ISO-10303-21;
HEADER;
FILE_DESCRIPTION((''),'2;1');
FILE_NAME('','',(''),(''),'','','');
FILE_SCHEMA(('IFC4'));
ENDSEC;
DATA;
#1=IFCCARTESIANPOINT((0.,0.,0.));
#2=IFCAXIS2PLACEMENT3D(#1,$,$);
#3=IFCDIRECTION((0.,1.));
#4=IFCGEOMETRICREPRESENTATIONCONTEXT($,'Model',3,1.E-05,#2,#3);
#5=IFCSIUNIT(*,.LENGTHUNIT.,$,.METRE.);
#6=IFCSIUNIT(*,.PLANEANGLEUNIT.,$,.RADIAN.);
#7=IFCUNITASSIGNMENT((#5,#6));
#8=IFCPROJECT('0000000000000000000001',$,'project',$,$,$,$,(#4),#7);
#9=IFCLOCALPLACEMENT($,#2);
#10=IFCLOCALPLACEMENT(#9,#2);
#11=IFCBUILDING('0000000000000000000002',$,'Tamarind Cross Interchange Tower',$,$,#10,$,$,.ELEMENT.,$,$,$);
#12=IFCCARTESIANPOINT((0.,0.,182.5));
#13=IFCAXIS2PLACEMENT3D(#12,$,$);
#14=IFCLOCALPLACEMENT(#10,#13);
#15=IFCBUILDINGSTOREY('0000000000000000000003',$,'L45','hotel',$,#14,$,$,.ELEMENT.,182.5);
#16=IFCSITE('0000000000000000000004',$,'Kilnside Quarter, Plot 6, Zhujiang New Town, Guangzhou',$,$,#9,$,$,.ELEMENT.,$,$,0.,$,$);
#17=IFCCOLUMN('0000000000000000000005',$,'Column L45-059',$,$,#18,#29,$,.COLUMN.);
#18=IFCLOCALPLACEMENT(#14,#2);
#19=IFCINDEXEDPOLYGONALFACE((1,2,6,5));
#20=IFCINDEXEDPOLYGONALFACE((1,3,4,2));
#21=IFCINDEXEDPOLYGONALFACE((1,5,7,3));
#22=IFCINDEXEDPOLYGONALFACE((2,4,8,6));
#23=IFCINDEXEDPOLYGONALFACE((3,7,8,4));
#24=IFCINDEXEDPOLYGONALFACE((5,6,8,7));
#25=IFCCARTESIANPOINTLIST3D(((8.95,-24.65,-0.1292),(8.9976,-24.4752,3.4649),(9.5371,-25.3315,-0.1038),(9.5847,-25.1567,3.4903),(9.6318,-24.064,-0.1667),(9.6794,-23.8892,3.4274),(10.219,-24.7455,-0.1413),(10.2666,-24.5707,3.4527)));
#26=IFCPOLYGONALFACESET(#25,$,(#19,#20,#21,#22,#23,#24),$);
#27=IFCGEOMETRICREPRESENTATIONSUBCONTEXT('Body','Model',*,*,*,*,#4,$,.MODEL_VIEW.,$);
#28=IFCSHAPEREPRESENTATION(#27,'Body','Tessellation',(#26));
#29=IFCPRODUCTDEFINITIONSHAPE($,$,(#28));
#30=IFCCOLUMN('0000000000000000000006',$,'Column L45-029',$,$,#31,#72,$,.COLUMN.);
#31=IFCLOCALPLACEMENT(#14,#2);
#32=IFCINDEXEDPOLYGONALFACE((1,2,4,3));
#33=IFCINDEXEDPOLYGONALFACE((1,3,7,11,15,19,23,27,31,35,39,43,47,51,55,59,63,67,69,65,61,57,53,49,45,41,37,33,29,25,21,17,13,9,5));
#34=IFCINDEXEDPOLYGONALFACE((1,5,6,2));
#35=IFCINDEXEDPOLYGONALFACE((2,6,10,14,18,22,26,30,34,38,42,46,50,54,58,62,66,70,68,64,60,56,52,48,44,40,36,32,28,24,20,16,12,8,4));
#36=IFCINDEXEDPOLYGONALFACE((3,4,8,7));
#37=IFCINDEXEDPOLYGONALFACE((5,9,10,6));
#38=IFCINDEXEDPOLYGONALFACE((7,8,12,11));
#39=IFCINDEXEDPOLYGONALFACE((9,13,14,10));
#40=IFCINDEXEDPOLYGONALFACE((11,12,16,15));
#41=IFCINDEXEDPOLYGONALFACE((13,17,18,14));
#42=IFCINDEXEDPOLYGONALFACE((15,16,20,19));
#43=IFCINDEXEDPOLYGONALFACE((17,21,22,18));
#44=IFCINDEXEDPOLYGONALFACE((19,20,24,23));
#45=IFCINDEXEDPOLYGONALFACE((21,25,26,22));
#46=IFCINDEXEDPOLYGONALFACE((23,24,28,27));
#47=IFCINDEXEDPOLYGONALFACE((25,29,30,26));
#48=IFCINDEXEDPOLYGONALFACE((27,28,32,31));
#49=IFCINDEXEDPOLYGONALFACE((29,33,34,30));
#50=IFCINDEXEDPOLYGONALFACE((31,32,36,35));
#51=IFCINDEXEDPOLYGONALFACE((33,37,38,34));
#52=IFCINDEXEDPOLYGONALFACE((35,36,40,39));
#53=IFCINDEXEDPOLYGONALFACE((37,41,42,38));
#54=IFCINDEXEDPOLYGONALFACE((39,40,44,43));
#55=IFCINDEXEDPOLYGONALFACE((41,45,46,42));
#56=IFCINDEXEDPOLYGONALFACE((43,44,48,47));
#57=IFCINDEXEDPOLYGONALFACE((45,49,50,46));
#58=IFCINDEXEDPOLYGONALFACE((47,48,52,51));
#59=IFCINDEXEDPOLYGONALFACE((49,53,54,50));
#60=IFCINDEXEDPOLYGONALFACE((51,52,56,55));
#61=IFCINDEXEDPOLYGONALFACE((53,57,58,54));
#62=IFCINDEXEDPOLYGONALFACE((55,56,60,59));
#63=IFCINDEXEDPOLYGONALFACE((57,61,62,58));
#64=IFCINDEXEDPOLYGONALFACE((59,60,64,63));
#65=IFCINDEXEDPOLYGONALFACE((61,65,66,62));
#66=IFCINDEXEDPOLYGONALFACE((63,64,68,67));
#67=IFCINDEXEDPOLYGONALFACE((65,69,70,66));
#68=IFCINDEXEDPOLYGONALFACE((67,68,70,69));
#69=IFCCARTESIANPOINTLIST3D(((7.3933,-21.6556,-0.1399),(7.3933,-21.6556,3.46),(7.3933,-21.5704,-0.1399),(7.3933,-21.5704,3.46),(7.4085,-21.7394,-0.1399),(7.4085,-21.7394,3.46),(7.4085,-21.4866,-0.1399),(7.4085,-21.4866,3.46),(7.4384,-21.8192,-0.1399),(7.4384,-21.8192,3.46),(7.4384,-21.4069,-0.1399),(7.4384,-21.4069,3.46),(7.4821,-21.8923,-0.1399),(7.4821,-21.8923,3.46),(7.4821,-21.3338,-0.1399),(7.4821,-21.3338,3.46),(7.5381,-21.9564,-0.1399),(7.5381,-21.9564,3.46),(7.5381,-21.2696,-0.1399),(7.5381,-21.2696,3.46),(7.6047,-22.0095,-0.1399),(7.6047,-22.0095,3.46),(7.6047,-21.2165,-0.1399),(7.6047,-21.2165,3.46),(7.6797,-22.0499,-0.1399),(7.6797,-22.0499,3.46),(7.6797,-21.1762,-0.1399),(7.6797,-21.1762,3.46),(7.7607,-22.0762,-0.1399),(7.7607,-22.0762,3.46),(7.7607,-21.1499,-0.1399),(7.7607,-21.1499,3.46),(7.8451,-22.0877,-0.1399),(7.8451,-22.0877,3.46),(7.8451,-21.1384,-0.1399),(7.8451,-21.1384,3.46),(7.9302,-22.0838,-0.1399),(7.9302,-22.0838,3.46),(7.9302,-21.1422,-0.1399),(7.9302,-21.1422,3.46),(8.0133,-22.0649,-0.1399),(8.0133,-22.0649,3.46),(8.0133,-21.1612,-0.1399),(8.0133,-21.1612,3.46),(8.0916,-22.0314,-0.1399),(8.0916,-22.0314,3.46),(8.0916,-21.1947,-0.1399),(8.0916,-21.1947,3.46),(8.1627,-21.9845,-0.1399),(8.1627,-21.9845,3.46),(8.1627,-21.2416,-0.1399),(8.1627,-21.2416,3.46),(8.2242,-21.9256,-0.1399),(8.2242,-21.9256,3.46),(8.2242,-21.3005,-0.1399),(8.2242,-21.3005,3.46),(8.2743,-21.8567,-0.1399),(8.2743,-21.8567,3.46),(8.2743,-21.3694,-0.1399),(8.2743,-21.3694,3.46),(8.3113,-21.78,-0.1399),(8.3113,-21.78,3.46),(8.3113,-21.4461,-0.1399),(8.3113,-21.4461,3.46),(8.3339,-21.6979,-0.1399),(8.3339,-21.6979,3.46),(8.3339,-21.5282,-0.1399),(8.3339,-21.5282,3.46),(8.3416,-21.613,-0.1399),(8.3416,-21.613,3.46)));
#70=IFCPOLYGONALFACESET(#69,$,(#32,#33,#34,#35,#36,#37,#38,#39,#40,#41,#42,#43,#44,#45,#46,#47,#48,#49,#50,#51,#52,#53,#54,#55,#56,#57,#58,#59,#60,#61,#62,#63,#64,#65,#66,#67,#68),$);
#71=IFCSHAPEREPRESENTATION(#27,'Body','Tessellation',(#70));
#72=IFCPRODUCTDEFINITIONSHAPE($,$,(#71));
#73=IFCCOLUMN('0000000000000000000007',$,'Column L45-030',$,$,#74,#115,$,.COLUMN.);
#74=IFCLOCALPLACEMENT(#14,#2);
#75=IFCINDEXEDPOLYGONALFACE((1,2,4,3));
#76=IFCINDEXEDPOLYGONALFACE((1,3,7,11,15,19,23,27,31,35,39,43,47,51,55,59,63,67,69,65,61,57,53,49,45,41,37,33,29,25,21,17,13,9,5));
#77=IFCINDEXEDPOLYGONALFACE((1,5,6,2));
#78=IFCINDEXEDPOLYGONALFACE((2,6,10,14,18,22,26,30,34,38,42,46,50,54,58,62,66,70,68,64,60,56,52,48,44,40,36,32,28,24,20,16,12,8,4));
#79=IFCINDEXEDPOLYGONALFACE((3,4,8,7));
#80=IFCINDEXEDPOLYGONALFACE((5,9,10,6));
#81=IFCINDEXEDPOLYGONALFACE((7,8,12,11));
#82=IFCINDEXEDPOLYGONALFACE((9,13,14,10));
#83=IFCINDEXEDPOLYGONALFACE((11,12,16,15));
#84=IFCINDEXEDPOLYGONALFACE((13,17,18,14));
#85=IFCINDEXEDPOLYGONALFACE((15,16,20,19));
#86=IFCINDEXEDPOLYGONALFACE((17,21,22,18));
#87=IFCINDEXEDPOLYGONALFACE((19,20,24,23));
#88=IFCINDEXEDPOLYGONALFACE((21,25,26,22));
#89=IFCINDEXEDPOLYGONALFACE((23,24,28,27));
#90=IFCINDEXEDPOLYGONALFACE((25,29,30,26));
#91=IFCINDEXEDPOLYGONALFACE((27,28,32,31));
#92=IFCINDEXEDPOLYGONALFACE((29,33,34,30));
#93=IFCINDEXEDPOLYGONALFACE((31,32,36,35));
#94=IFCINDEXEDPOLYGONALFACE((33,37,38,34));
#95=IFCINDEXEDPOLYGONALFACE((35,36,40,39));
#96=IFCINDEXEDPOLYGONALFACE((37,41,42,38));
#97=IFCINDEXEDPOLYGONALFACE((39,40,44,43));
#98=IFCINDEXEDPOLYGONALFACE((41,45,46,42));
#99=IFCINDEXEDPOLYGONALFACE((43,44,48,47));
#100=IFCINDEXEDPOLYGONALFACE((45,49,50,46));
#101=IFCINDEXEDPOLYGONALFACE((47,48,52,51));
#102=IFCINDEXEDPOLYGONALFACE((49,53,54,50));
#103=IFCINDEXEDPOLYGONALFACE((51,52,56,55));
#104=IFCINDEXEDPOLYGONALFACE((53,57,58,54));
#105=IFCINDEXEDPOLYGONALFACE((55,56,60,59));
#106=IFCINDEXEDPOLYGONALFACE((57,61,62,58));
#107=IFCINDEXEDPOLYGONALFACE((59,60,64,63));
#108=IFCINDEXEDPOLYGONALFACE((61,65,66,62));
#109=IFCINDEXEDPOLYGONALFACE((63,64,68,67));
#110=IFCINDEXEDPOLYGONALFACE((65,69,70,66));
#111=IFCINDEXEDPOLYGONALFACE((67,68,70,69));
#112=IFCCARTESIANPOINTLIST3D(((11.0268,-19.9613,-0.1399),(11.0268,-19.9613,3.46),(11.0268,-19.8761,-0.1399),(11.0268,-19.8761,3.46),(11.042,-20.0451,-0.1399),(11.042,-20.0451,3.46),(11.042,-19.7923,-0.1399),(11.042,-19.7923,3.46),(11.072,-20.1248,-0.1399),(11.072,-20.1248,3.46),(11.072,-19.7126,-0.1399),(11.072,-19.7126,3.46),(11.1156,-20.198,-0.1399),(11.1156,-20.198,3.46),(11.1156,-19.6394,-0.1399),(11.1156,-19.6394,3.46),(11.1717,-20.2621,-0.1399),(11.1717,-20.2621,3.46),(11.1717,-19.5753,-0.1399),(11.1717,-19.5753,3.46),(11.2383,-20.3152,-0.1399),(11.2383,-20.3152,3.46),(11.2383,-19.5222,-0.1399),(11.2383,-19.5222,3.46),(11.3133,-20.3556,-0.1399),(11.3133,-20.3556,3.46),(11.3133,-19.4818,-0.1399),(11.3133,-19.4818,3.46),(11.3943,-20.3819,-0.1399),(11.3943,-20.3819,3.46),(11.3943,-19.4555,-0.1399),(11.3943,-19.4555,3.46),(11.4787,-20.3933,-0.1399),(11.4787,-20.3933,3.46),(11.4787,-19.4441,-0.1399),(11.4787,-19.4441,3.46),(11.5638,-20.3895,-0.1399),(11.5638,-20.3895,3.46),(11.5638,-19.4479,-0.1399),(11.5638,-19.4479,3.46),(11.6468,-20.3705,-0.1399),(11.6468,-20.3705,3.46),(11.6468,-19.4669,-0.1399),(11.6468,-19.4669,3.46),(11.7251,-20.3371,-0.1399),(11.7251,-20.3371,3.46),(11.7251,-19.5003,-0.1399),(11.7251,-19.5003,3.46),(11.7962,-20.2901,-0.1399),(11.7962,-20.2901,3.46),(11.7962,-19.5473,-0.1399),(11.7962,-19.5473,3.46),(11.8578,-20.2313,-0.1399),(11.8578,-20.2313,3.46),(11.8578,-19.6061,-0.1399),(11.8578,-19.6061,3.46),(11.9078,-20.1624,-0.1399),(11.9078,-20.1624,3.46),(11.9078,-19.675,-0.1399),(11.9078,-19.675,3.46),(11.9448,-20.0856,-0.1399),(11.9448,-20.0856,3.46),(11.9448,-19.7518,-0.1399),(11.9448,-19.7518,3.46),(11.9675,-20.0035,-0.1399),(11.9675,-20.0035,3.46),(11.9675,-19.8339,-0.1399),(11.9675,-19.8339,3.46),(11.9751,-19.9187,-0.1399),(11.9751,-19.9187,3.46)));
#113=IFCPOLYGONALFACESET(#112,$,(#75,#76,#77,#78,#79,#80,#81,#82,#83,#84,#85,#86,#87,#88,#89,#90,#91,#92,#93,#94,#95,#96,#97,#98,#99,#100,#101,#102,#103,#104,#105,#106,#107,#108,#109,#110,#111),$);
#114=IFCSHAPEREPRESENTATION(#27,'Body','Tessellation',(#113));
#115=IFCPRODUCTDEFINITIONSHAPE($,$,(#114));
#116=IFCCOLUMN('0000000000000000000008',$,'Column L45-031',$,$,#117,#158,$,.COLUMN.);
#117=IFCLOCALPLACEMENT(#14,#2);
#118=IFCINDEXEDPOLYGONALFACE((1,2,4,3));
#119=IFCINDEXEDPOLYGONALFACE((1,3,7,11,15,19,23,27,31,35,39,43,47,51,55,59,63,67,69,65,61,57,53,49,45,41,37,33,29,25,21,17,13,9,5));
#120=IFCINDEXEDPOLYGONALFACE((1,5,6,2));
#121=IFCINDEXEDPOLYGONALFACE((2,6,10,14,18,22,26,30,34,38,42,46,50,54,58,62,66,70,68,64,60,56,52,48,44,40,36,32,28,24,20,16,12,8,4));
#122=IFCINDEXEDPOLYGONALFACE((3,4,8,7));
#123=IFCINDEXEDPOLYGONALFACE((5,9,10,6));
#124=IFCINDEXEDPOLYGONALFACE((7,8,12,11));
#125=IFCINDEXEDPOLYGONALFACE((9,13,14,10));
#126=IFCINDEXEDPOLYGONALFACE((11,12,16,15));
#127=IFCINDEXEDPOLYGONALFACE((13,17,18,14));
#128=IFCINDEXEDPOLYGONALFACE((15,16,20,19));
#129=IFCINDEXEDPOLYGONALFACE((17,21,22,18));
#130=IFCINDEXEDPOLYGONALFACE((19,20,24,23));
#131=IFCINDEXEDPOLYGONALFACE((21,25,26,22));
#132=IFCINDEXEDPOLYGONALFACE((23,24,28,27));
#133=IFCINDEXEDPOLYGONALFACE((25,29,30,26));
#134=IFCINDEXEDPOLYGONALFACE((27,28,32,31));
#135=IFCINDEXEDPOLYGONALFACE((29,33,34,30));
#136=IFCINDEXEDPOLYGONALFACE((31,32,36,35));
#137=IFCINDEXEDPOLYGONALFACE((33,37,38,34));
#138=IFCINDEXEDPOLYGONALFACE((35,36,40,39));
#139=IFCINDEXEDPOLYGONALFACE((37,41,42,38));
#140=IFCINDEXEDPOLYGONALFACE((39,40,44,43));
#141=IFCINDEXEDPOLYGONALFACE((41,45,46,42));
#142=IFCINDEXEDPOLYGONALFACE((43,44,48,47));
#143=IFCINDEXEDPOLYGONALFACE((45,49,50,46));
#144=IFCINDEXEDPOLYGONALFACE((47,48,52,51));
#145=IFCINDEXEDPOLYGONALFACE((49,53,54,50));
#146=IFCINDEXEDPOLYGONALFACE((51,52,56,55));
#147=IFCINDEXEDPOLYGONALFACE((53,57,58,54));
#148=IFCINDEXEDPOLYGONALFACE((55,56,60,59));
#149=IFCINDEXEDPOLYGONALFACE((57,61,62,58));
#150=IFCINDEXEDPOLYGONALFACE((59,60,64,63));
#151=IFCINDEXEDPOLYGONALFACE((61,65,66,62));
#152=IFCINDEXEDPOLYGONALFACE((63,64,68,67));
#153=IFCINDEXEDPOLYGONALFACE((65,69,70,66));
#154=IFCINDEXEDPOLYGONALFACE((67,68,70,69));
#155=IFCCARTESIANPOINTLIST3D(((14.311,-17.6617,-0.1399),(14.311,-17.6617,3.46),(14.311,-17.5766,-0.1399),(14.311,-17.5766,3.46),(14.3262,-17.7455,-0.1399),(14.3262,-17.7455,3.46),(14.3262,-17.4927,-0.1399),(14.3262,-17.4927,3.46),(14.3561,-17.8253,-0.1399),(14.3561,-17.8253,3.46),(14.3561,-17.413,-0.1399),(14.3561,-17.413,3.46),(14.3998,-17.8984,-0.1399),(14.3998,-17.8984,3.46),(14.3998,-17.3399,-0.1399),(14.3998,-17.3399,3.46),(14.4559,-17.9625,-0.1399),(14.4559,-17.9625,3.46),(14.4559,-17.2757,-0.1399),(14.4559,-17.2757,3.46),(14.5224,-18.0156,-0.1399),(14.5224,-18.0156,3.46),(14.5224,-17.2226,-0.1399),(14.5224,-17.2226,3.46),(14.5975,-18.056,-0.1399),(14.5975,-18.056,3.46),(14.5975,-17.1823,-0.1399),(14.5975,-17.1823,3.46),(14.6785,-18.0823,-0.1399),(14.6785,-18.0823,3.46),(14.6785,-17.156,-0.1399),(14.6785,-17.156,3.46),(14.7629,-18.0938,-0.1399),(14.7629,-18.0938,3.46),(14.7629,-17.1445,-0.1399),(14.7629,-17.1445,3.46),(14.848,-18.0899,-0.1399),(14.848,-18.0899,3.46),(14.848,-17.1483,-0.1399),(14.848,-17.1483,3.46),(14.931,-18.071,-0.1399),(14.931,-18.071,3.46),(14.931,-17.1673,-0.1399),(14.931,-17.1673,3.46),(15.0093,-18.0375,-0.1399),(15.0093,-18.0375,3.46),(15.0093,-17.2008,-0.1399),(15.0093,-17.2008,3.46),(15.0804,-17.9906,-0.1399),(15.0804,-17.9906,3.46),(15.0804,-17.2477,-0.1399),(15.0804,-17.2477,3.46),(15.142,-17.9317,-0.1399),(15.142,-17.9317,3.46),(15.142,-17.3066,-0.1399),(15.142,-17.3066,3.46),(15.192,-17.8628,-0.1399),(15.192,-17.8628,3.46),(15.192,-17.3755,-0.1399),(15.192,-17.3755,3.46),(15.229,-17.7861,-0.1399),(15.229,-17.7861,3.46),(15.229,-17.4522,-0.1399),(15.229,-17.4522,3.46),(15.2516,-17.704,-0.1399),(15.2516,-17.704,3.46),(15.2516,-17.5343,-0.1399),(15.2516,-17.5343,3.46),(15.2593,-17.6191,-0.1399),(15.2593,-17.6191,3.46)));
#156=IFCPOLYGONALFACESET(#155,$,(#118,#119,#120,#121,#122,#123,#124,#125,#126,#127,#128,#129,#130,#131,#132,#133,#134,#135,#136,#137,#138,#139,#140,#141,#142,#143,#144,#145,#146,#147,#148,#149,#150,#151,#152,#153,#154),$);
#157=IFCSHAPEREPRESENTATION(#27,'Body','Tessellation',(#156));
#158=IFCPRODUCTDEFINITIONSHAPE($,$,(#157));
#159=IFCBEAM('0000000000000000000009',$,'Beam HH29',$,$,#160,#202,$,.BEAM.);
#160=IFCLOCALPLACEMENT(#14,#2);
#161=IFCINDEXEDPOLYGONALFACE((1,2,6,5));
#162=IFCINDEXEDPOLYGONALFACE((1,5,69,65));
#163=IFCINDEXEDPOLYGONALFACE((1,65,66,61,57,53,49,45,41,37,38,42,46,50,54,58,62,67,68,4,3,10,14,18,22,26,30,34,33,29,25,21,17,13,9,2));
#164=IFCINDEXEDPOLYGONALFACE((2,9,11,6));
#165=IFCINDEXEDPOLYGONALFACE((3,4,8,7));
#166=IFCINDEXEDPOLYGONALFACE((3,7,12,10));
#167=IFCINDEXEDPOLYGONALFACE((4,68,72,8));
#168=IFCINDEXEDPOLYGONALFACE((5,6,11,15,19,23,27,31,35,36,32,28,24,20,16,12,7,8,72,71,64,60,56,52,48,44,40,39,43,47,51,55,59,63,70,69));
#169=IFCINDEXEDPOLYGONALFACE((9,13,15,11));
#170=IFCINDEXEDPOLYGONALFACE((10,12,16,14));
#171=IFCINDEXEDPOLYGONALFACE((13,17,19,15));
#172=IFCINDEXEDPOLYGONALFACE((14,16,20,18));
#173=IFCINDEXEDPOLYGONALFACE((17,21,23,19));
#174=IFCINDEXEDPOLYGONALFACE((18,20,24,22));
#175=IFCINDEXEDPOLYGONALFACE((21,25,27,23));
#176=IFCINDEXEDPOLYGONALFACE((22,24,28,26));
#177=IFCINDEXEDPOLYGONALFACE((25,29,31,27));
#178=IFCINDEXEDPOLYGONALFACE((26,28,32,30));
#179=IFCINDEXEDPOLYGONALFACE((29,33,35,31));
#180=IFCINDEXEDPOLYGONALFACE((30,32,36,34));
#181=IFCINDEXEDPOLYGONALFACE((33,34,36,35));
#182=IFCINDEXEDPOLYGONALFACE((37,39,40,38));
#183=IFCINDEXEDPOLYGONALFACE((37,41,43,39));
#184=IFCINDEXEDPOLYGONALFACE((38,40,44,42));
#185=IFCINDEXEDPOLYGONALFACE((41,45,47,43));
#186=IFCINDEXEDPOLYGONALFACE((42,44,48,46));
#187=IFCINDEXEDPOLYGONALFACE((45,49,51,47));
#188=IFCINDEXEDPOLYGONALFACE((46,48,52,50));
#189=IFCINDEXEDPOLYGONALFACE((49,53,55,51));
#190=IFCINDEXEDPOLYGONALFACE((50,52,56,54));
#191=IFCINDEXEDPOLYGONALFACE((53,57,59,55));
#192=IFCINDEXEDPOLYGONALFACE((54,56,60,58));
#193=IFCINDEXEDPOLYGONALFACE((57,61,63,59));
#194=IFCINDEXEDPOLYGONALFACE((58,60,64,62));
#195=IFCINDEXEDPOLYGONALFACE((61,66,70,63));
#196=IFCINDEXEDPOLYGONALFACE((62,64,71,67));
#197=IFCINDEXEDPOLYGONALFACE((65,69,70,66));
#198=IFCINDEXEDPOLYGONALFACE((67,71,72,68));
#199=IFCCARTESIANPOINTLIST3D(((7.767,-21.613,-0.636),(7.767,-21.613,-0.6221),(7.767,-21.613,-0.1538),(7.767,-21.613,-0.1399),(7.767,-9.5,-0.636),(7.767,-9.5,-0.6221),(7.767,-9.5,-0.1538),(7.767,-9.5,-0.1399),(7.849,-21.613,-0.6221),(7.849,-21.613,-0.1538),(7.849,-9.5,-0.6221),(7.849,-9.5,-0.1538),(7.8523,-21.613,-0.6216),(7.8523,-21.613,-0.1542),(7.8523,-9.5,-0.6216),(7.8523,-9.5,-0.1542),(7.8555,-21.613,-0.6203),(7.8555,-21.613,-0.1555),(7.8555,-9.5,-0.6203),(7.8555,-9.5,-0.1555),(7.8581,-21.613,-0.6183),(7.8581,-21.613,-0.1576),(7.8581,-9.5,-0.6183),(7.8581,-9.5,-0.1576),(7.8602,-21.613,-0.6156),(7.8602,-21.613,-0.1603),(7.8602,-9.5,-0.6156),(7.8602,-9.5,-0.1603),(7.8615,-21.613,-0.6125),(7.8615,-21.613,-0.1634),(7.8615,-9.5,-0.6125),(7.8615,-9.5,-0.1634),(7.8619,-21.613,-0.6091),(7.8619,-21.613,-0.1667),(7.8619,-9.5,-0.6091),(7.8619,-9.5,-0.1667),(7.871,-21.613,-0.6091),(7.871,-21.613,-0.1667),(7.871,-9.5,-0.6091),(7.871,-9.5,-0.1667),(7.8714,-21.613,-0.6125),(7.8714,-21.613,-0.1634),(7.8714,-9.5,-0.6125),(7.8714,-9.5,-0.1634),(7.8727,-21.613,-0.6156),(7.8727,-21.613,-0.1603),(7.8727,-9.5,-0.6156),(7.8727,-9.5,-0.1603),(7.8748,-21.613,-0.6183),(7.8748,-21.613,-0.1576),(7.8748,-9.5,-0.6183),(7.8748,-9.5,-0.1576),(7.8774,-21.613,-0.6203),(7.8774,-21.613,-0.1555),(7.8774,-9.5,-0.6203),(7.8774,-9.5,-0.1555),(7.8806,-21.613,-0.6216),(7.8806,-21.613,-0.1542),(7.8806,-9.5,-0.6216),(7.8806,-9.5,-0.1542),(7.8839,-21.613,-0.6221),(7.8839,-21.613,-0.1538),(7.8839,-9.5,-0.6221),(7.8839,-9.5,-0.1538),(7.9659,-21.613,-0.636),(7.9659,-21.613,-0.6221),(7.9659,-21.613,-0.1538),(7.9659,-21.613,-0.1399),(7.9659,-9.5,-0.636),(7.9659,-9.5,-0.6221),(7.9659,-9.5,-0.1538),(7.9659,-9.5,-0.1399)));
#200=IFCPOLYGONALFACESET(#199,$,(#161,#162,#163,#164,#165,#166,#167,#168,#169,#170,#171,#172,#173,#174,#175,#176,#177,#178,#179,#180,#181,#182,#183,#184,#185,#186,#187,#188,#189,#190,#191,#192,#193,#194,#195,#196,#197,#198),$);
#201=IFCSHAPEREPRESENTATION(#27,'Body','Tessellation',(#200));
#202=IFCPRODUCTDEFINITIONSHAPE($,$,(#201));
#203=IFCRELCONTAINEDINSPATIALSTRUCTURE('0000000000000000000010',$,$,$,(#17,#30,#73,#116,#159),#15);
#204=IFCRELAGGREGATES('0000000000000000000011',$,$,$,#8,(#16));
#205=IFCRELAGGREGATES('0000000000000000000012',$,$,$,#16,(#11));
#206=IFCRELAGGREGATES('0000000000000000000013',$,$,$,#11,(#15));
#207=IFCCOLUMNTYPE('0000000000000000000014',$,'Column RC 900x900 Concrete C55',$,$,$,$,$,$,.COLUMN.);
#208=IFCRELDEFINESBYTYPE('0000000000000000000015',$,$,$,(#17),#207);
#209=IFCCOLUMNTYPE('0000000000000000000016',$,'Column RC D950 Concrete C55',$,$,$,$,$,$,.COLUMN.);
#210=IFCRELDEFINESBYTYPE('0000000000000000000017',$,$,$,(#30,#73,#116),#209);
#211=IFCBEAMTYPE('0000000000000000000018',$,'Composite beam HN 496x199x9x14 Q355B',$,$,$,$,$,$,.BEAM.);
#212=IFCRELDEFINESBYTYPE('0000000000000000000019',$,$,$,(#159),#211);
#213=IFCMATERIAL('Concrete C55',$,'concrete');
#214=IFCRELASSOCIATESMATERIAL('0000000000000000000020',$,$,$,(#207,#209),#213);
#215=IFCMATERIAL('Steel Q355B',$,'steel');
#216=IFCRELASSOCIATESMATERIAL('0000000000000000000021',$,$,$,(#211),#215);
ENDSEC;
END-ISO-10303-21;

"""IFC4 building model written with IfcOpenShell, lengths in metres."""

from ifc_helpers import new_model, si_unit, direction, frame, origin, origin_2d, place, context, subcontext, project, spatial, rectangle, circle, i_section, extrude, material, material_profile, profile_set, type_object, element, save


model = new_model("IFC4")

# Units and contexts
model_context = context("Model", 3, precision=1e-05, world=origin(), true_north=direction((0.0, 1.0)))
body_context = subcontext(model_context, "Body", "Model", "MODEL_VIEW")
ifc_project = project(units=[si_unit("LENGTHUNIT", "METRE"), si_unit("PLANEANGLEUNIT", "RADIAN")], contexts=[model_context])

# Site, building, storey
site_placement = place(None, origin())
site = spatial("IfcSite", under=ifc_project, at=site_placement, Name="Kilnside Quarter, Plot 6, Zhujiang New Town, Guangzhou", CompositionType="ELEMENT", RefElevation=0.0)
building_placement = place(site_placement, origin())
building = spatial("IfcBuilding", under=site, at=building_placement, Name="Tamarind Cross Interchange Tower", CompositionType="ELEMENT")
storey_placement = place(building_placement, frame((0.0, 0.0, 182.5)))
storey = spatial("IfcBuildingStorey", under=building, at=storey_placement, Name="L45", Description="hotel", CompositionType="ELEMENT", Elevation=182.5)

# Columns
ifc_material_1 = material(Name="Concrete C55", Category="concrete")
ifc_material_profile_1 = material_profile(ifc_material_1, rectangle(XDim=0.8999, YDim=0.8999, at=origin_2d()), Name="RC 900x900")
ifc_profile_set_1 = profile_set([ifc_material_profile_1], Name="Concrete C55")
column_type_1 = type_object("IfcColumnType", Name="Column RC 900x900 Concrete C55", PredefinedType="COLUMN", material=ifc_profile_set_1)
column_placement = place(storey_placement, frame((9.5845, -24.6978, -0.1353), z_axis=(0.01323, 0.048576, 0.998732), x_axis=(-0.757718, -0.651248, 0.041712)))
element("IfcColumn", 1, at=column_placement, inside=storey, type_object=column_type_1, Name="Column L45-059", PredefinedType="COLUMN", context=body_context, shape_type="SweptSolid", body=[
    extrude(rectangle(XDim=0.8999, YDim=0.8999, at=origin_2d()), origin(), (0.0, 0.0, 1.0), 3.5986),
])
ifc_material_profile_2 = material_profile(ifc_material_1, circle(Radius=0.4751, at=origin_2d()), Name="RC D950")
ifc_profile_set_2 = profile_set([ifc_material_profile_2], Name="Concrete C55")
column_type_2 = type_object("IfcColumnType", Name="Column RC D950 Concrete C55", PredefinedType="COLUMN", material=ifc_profile_set_2)
for number, where, z_axis, x_axis, name in (
    (2, (7.8665, -21.613, -0.1399), (0.0, 0.0, 1.0), (1.0, 0.0, 0.0), "Column L45-029"),
    (3, (11.5, -19.9187, -0.1399), (0.0, 0.0, 1.0), (1.0, 0.0, 0.0), "Column L45-030"),
    (4, (14.7842, -17.6191, -0.1399), (0.0, 0.0, 1.0), (1.0, 0.0, 0.0), "Column L45-031"),
):
    element("IfcColumn", number, at=place(storey_placement, frame(where, z_axis=z_axis, x_axis=x_axis)), inside=storey, type_object=column_type_2, Name=name, PredefinedType="COLUMN", context=body_context, shape_type="SweptSolid", body=[
        extrude(circle(Radius=0.4751, at=origin_2d()), origin(), (0.0, 0.0, 1.0), 3.5999),
    ])

# Beam
ifc_material_2 = material(Name="Steel Q355B", Category="steel")
ifc_material_profile_3 = material_profile(ifc_material_2, i_section(OverallWidth=0.199, OverallDepth=0.4961, WebThickness=0.009, FlangeThickness=0.0139, FilletRadius=0.0129, at=origin_2d()), Name="HN 496x199x9x14")
ifc_profile_set_3 = profile_set([ifc_material_profile_3], Name="Steel Q355B")
beam_type = type_object("IfcBeamType", Name="Composite beam HN 496x199x9x14 Q355B", PredefinedType="BEAM", material=ifc_profile_set_3)
beam_1_placement = place(storey_placement, frame((7.8665, -21.613, -0.3879), z_axis=(0.0, 1.0, 0.0), x_axis=(-1.0, 0.0, 0.0)))
element("IfcBeam", 5, at=beam_1_placement, inside=storey, type_object=beam_type, Name="Beam HH29", PredefinedType="BEAM", context=body_context, shape_type="SweptSolid", body=[
    extrude(i_section(OverallWidth=0.199, OverallDepth=0.4961, WebThickness=0.009, FlangeThickness=0.0139, FilletRadius=0.0129, at=origin_2d()), origin(), (0.0, 0.0, 1.0), 12.113),
])

save(model, "model.ifc")
